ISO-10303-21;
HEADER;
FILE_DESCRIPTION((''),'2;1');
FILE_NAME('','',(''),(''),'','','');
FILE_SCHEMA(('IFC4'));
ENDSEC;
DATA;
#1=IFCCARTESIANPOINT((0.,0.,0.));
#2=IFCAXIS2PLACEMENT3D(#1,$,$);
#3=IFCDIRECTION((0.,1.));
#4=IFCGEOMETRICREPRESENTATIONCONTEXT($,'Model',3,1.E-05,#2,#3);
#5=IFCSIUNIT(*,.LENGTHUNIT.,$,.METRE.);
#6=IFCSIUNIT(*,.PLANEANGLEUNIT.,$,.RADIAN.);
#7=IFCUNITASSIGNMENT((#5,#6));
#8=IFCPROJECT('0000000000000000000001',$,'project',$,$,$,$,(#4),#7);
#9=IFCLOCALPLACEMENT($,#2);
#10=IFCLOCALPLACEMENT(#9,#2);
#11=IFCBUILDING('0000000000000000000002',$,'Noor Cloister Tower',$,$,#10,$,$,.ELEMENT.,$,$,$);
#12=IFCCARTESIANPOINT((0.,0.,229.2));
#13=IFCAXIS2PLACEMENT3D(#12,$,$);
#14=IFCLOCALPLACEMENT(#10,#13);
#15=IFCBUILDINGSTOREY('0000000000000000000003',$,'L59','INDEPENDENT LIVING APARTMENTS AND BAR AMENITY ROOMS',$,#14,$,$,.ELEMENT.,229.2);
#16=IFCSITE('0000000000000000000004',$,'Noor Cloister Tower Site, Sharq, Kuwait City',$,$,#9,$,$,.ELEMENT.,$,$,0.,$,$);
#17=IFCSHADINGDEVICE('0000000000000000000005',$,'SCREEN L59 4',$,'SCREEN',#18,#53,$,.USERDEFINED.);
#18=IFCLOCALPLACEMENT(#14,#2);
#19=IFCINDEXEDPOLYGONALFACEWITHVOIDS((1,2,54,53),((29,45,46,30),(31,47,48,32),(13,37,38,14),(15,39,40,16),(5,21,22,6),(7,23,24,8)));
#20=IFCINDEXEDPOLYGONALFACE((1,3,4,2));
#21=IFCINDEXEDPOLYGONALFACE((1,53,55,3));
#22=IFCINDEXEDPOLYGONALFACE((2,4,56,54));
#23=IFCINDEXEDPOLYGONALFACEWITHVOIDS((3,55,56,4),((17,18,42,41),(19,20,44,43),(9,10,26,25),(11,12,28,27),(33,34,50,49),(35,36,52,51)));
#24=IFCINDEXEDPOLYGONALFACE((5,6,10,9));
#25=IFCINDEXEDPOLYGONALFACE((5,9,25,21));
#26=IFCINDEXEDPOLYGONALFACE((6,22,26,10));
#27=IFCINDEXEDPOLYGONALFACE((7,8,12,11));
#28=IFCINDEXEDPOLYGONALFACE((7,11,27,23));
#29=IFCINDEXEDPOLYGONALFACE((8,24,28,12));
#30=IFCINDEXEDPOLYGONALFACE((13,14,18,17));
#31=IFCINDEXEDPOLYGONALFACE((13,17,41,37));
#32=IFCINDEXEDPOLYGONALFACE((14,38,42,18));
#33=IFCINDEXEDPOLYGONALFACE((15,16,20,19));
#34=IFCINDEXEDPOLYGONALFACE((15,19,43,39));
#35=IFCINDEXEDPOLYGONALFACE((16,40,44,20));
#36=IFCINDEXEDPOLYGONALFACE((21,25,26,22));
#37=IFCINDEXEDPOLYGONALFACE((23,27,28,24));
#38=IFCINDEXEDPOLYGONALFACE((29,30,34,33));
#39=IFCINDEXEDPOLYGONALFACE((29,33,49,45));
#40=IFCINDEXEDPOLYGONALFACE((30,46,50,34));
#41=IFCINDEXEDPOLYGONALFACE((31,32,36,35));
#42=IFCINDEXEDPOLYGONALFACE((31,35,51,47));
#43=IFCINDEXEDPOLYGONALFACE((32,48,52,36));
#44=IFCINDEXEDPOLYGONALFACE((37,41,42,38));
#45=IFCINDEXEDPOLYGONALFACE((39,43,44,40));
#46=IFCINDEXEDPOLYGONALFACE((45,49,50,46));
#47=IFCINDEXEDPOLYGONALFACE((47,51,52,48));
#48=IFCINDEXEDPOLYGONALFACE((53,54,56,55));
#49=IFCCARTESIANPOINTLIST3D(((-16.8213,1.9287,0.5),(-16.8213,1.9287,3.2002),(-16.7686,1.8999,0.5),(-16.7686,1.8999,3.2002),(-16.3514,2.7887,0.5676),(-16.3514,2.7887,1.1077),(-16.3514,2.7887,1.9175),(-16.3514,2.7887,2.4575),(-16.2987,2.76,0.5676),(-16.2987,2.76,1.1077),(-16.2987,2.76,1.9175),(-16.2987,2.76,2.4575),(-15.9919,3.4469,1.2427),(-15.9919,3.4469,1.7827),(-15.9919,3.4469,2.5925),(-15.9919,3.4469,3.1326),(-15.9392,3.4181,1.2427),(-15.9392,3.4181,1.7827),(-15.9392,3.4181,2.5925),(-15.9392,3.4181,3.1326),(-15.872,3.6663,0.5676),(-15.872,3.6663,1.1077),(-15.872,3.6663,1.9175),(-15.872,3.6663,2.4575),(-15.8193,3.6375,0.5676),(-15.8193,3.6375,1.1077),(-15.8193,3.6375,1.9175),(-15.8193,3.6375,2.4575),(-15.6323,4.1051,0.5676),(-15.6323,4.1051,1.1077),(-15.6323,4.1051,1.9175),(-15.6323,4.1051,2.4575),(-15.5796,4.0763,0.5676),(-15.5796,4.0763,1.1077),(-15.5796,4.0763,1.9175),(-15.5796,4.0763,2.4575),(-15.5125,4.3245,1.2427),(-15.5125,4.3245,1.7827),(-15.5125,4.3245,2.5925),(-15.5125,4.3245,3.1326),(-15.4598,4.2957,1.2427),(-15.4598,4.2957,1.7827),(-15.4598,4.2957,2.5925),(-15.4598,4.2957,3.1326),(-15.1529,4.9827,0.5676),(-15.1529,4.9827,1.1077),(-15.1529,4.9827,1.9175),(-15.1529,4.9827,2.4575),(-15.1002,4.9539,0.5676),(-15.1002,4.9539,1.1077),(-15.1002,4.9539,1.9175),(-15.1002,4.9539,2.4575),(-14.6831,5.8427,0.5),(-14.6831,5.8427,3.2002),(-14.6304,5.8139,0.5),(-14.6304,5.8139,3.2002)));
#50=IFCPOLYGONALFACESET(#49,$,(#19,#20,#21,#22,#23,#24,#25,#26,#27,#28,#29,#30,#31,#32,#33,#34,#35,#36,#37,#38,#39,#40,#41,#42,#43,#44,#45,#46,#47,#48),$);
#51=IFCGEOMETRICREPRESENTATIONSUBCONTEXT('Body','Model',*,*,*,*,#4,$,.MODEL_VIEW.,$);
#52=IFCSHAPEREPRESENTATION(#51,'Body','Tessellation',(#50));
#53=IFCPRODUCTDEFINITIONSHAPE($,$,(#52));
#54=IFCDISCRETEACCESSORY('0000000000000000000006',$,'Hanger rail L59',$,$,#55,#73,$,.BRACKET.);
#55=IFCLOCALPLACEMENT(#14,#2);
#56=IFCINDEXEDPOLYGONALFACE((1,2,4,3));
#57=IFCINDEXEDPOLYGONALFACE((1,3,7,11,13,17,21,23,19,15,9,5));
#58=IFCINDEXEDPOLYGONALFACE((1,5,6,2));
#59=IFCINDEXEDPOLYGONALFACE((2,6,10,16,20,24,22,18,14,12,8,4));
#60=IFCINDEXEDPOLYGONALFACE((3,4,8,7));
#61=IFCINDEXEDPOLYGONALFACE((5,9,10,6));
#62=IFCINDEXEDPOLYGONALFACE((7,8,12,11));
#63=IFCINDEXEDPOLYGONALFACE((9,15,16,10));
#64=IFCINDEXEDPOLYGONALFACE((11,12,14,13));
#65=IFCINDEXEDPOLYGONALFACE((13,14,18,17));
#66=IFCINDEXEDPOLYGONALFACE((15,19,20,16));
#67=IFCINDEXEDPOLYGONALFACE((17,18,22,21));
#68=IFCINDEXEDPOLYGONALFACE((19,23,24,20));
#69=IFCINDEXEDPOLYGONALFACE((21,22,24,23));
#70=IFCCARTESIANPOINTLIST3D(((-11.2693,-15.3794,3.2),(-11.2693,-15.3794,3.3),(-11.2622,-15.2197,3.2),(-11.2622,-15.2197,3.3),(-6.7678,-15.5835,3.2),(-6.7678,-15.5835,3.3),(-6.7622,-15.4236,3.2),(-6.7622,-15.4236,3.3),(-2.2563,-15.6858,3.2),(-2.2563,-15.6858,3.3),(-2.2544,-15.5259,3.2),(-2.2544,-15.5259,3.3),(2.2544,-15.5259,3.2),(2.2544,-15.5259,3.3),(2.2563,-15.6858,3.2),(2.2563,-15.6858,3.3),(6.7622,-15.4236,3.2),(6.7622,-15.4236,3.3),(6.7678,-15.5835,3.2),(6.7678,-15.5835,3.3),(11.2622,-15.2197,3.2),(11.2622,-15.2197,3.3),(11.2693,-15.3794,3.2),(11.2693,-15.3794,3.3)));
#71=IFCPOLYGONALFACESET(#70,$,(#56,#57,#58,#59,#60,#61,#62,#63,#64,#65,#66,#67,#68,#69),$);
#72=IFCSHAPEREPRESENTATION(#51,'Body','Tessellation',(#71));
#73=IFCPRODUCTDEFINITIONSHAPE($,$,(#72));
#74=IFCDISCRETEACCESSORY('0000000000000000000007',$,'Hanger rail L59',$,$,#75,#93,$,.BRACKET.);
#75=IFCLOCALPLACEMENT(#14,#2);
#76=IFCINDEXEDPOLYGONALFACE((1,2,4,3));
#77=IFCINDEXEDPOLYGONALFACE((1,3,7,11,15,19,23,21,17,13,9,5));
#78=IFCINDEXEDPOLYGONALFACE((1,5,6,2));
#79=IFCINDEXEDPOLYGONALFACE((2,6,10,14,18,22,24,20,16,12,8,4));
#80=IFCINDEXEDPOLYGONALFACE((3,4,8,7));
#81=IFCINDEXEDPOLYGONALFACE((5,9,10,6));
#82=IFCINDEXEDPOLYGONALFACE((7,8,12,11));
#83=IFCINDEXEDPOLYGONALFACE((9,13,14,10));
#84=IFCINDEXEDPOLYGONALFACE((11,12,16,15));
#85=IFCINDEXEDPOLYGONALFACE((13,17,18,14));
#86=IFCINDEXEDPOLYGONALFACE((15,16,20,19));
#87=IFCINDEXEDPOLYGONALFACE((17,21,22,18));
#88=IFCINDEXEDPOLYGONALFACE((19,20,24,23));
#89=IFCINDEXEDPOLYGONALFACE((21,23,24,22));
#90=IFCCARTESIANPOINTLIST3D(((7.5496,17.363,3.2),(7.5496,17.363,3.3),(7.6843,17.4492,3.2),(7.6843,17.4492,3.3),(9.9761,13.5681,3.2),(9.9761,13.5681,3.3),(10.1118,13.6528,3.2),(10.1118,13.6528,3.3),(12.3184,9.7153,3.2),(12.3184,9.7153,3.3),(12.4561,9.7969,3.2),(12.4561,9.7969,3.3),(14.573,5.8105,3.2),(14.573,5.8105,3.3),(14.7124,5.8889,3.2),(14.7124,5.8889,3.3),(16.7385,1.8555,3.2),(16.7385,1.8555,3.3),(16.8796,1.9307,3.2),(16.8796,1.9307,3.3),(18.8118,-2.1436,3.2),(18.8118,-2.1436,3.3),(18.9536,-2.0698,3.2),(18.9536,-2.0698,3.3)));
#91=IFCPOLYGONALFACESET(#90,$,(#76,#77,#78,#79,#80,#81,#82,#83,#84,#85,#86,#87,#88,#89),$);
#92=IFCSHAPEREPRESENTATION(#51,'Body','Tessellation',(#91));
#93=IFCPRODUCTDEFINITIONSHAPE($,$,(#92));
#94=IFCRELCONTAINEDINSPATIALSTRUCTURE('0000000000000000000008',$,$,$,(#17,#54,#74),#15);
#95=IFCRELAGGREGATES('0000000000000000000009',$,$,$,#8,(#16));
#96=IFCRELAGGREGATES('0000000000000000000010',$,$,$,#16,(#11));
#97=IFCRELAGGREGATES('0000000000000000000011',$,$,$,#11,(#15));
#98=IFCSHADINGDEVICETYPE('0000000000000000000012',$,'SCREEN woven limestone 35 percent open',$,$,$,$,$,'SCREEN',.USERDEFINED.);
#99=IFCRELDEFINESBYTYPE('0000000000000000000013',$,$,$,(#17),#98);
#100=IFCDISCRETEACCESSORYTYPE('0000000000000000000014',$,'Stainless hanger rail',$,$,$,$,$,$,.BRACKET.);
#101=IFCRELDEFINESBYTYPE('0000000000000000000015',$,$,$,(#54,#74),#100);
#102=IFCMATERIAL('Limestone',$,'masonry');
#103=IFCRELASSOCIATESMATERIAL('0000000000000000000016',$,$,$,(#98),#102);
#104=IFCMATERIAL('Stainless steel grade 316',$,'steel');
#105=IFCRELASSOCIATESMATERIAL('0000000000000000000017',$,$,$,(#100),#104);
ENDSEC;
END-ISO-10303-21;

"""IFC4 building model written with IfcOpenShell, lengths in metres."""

from ifc_helpers import new_model, si_unit, direction, frame, origin, place, context, subcontext, project, spatial, polyline, outline, extrude, material, material_profile, profile_set, type_object, element, save


model = new_model("IFC4")

# Units and contexts
model_context = context("Model", 3, precision=1e-05, world=origin(), true_north=direction((0.0, 1.0)))
body_context = subcontext(model_context, "Body", "Model", "MODEL_VIEW")
ifc_project = project(units=[si_unit("LENGTHUNIT", "METRE"), si_unit("PLANEANGLEUNIT", "RADIAN")], contexts=[model_context])

# Site, building, storey
site_placement = place(None, origin())
site = spatial("IfcSite", under=ifc_project, at=site_placement, Name="Noor Cloister Tower Site, Sharq, Kuwait City", CompositionType="ELEMENT", RefElevation=0.0)
building_placement = place(site_placement, origin())
building = spatial("IfcBuilding", under=site, at=building_placement, Name="Noor Cloister Tower", CompositionType="ELEMENT")
storey_placement = place(building_placement, frame((0.0, 0.0, 229.2)))
storey = spatial("IfcBuildingStorey", under=building, at=storey_placement, Name="L59", Description="INDEPENDENT LIVING APARTMENTS AND BAR AMENITY ROOMS", CompositionType="ELEMENT", Elevation=229.2)

# Shading device
ifc_material_1 = material(Name="Limestone", Category="masonry")
ifc_material_profile_1 = material_profile(ifc_material_1, outline(polyline([(-2.23, -1.3501), (2.23, -1.3501), (2.23, 1.3501), (-2.23, 1.3501), (-2.23, -1.3501)]), holes=[polyline([(-1.25, -1.2825), (-0.25, -1.2825), (-0.25, -0.7424), (-1.25, -0.7424), (-1.25, -1.2825)]), polyline([(0.25, -1.2825), (1.25, -1.2825), (1.25, -0.7424), (0.25, -0.7424), (0.25, -1.2825)]), polyline([(-0.5, -0.6074), (0.5, -0.6074), (0.5, -0.0674), (-0.5, -0.0674), (-0.5, -0.6074)]), polyline([(-1.25, 0.0674), (-0.25, 0.0674), (-0.25, 0.6074), (-1.25, 0.6074), (-1.25, 0.0674)]), polyline([(0.25, 0.0674), (1.25, 0.0674), (1.25, 0.6074), (0.25, 0.6074), (0.25, 0.0674)]), polyline([(-0.5, 0.7424), (0.5, 0.7424), (0.5, 1.2825), (-0.5, 1.2825), (-0.5, 0.7424)])]), Name="Woven screen 35 percent open")
ifc_profile_set_1 = profile_set([ifc_material_profile_1], Name="Limestone")
shading_device_type = type_object("IfcShadingDeviceType", Name="SCREEN woven limestone 35 percent open", ElementType="SCREEN", PredefinedType="USERDEFINED", material=ifc_profile_set_1)
shading_device_placement = place(storey_placement, frame((-15.6995, 3.8569, 1.8501), z_axis=(-0.877585, 0.479421, 0.0), x_axis=(-0.479421, -0.877585, 0.0)))
element("IfcShadingDevice", 1, at=shading_device_placement, inside=storey, type_object=shading_device_type, Name="SCREEN L59 4", ObjectType="SCREEN", PredefinedType="USERDEFINED", context=body_context, shape_type="SweptSolid", body=[
    extrude(outline(polyline([(-2.23, -1.3501), (2.23, -1.3501), (2.23, 1.3501), (-2.23, 1.3501), (-2.23, -1.3501)]), holes=[polyline([(-1.25, -1.2825), (-0.25, -1.2825), (-0.25, -0.7424), (-1.25, -0.7424), (-1.25, -1.2825)]), polyline([(0.25, -1.2825), (1.25, -1.2825), (1.25, -0.7424), (0.25, -0.7424), (0.25, -1.2825)]), polyline([(-0.5, -0.6074), (0.5, -0.6074), (0.5, -0.0674), (-0.5, -0.0674), (-0.5, -0.6074)]), polyline([(-1.25, 0.0674), (-0.25, 0.0674), (-0.25, 0.6074), (-1.25, 0.6074), (-1.25, 0.0674)]), polyline([(0.25, 0.0674), (1.25, 0.0674), (1.25, 0.6074), (0.25, 0.6074), (0.25, 0.0674)]), polyline([(-0.5, 0.7424), (0.5, 0.7424), (0.5, 1.2825), (-0.5, 1.2825), (-0.5, 0.7424)])]), origin(), (0.0, 0.0, 1.0), 0.0601),
])

# Discrete accessories
ifc_material_2 = material(Name="Stainless steel grade 316", Category="steel")
discrete_accessory_type = type_object("IfcDiscreteAccessoryType", Name="Stainless hanger rail", PredefinedType="BRACKET", material=ifc_material_2)
discrete_accessory_1_placement = place(storey_placement, frame((0.0, 0.0, 3.2)))
element("IfcDiscreteAccessory", 2, at=discrete_accessory_1_placement, inside=storey, type_object=discrete_accessory_type, Name="Hanger rail L59", PredefinedType="BRACKET", context=body_context, shape_type="SweptSolid", body=[
    extrude(outline(polyline([(-11.2693, -15.3794), (-6.7678, -15.5835), (-2.2563, -15.6858), (2.2563, -15.6858), (6.7678, -15.5835), (11.2693, -15.3794), (11.2622, -15.2197), (6.7622, -15.4236), (2.2544, -15.5259), (-2.2544, -15.5259), (-6.7622, -15.4236), (-11.2622, -15.2197), (-11.2693, -15.3794)])), origin(), (0.0, 0.0, 1.0), 0.1001),
])
discrete_accessory_2_placement = place(storey_placement, frame((0.0, 0.0, 3.2)))
element("IfcDiscreteAccessory", 3, at=discrete_accessory_2_placement, inside=storey, type_object=discrete_accessory_type, Name="Hanger rail L59", PredefinedType="BRACKET", context=body_context, shape_type="SweptSolid", body=[
    extrude(outline(polyline([(18.9536, -2.0698), (16.8796, 1.9307), (14.7124, 5.8889), (12.4561, 9.7969), (10.1118, 13.6528), (7.6843, 17.4492), (7.5496, 17.363), (9.9761, 13.5681), (12.3184, 9.7153), (14.573, 5.8105), (16.7385, 1.8555), (18.8118, -2.1436), (18.9536, -2.0698)])), origin(), (0.0, 0.0, 1.0), 0.1001),
])

save(model, "model.ifc")
